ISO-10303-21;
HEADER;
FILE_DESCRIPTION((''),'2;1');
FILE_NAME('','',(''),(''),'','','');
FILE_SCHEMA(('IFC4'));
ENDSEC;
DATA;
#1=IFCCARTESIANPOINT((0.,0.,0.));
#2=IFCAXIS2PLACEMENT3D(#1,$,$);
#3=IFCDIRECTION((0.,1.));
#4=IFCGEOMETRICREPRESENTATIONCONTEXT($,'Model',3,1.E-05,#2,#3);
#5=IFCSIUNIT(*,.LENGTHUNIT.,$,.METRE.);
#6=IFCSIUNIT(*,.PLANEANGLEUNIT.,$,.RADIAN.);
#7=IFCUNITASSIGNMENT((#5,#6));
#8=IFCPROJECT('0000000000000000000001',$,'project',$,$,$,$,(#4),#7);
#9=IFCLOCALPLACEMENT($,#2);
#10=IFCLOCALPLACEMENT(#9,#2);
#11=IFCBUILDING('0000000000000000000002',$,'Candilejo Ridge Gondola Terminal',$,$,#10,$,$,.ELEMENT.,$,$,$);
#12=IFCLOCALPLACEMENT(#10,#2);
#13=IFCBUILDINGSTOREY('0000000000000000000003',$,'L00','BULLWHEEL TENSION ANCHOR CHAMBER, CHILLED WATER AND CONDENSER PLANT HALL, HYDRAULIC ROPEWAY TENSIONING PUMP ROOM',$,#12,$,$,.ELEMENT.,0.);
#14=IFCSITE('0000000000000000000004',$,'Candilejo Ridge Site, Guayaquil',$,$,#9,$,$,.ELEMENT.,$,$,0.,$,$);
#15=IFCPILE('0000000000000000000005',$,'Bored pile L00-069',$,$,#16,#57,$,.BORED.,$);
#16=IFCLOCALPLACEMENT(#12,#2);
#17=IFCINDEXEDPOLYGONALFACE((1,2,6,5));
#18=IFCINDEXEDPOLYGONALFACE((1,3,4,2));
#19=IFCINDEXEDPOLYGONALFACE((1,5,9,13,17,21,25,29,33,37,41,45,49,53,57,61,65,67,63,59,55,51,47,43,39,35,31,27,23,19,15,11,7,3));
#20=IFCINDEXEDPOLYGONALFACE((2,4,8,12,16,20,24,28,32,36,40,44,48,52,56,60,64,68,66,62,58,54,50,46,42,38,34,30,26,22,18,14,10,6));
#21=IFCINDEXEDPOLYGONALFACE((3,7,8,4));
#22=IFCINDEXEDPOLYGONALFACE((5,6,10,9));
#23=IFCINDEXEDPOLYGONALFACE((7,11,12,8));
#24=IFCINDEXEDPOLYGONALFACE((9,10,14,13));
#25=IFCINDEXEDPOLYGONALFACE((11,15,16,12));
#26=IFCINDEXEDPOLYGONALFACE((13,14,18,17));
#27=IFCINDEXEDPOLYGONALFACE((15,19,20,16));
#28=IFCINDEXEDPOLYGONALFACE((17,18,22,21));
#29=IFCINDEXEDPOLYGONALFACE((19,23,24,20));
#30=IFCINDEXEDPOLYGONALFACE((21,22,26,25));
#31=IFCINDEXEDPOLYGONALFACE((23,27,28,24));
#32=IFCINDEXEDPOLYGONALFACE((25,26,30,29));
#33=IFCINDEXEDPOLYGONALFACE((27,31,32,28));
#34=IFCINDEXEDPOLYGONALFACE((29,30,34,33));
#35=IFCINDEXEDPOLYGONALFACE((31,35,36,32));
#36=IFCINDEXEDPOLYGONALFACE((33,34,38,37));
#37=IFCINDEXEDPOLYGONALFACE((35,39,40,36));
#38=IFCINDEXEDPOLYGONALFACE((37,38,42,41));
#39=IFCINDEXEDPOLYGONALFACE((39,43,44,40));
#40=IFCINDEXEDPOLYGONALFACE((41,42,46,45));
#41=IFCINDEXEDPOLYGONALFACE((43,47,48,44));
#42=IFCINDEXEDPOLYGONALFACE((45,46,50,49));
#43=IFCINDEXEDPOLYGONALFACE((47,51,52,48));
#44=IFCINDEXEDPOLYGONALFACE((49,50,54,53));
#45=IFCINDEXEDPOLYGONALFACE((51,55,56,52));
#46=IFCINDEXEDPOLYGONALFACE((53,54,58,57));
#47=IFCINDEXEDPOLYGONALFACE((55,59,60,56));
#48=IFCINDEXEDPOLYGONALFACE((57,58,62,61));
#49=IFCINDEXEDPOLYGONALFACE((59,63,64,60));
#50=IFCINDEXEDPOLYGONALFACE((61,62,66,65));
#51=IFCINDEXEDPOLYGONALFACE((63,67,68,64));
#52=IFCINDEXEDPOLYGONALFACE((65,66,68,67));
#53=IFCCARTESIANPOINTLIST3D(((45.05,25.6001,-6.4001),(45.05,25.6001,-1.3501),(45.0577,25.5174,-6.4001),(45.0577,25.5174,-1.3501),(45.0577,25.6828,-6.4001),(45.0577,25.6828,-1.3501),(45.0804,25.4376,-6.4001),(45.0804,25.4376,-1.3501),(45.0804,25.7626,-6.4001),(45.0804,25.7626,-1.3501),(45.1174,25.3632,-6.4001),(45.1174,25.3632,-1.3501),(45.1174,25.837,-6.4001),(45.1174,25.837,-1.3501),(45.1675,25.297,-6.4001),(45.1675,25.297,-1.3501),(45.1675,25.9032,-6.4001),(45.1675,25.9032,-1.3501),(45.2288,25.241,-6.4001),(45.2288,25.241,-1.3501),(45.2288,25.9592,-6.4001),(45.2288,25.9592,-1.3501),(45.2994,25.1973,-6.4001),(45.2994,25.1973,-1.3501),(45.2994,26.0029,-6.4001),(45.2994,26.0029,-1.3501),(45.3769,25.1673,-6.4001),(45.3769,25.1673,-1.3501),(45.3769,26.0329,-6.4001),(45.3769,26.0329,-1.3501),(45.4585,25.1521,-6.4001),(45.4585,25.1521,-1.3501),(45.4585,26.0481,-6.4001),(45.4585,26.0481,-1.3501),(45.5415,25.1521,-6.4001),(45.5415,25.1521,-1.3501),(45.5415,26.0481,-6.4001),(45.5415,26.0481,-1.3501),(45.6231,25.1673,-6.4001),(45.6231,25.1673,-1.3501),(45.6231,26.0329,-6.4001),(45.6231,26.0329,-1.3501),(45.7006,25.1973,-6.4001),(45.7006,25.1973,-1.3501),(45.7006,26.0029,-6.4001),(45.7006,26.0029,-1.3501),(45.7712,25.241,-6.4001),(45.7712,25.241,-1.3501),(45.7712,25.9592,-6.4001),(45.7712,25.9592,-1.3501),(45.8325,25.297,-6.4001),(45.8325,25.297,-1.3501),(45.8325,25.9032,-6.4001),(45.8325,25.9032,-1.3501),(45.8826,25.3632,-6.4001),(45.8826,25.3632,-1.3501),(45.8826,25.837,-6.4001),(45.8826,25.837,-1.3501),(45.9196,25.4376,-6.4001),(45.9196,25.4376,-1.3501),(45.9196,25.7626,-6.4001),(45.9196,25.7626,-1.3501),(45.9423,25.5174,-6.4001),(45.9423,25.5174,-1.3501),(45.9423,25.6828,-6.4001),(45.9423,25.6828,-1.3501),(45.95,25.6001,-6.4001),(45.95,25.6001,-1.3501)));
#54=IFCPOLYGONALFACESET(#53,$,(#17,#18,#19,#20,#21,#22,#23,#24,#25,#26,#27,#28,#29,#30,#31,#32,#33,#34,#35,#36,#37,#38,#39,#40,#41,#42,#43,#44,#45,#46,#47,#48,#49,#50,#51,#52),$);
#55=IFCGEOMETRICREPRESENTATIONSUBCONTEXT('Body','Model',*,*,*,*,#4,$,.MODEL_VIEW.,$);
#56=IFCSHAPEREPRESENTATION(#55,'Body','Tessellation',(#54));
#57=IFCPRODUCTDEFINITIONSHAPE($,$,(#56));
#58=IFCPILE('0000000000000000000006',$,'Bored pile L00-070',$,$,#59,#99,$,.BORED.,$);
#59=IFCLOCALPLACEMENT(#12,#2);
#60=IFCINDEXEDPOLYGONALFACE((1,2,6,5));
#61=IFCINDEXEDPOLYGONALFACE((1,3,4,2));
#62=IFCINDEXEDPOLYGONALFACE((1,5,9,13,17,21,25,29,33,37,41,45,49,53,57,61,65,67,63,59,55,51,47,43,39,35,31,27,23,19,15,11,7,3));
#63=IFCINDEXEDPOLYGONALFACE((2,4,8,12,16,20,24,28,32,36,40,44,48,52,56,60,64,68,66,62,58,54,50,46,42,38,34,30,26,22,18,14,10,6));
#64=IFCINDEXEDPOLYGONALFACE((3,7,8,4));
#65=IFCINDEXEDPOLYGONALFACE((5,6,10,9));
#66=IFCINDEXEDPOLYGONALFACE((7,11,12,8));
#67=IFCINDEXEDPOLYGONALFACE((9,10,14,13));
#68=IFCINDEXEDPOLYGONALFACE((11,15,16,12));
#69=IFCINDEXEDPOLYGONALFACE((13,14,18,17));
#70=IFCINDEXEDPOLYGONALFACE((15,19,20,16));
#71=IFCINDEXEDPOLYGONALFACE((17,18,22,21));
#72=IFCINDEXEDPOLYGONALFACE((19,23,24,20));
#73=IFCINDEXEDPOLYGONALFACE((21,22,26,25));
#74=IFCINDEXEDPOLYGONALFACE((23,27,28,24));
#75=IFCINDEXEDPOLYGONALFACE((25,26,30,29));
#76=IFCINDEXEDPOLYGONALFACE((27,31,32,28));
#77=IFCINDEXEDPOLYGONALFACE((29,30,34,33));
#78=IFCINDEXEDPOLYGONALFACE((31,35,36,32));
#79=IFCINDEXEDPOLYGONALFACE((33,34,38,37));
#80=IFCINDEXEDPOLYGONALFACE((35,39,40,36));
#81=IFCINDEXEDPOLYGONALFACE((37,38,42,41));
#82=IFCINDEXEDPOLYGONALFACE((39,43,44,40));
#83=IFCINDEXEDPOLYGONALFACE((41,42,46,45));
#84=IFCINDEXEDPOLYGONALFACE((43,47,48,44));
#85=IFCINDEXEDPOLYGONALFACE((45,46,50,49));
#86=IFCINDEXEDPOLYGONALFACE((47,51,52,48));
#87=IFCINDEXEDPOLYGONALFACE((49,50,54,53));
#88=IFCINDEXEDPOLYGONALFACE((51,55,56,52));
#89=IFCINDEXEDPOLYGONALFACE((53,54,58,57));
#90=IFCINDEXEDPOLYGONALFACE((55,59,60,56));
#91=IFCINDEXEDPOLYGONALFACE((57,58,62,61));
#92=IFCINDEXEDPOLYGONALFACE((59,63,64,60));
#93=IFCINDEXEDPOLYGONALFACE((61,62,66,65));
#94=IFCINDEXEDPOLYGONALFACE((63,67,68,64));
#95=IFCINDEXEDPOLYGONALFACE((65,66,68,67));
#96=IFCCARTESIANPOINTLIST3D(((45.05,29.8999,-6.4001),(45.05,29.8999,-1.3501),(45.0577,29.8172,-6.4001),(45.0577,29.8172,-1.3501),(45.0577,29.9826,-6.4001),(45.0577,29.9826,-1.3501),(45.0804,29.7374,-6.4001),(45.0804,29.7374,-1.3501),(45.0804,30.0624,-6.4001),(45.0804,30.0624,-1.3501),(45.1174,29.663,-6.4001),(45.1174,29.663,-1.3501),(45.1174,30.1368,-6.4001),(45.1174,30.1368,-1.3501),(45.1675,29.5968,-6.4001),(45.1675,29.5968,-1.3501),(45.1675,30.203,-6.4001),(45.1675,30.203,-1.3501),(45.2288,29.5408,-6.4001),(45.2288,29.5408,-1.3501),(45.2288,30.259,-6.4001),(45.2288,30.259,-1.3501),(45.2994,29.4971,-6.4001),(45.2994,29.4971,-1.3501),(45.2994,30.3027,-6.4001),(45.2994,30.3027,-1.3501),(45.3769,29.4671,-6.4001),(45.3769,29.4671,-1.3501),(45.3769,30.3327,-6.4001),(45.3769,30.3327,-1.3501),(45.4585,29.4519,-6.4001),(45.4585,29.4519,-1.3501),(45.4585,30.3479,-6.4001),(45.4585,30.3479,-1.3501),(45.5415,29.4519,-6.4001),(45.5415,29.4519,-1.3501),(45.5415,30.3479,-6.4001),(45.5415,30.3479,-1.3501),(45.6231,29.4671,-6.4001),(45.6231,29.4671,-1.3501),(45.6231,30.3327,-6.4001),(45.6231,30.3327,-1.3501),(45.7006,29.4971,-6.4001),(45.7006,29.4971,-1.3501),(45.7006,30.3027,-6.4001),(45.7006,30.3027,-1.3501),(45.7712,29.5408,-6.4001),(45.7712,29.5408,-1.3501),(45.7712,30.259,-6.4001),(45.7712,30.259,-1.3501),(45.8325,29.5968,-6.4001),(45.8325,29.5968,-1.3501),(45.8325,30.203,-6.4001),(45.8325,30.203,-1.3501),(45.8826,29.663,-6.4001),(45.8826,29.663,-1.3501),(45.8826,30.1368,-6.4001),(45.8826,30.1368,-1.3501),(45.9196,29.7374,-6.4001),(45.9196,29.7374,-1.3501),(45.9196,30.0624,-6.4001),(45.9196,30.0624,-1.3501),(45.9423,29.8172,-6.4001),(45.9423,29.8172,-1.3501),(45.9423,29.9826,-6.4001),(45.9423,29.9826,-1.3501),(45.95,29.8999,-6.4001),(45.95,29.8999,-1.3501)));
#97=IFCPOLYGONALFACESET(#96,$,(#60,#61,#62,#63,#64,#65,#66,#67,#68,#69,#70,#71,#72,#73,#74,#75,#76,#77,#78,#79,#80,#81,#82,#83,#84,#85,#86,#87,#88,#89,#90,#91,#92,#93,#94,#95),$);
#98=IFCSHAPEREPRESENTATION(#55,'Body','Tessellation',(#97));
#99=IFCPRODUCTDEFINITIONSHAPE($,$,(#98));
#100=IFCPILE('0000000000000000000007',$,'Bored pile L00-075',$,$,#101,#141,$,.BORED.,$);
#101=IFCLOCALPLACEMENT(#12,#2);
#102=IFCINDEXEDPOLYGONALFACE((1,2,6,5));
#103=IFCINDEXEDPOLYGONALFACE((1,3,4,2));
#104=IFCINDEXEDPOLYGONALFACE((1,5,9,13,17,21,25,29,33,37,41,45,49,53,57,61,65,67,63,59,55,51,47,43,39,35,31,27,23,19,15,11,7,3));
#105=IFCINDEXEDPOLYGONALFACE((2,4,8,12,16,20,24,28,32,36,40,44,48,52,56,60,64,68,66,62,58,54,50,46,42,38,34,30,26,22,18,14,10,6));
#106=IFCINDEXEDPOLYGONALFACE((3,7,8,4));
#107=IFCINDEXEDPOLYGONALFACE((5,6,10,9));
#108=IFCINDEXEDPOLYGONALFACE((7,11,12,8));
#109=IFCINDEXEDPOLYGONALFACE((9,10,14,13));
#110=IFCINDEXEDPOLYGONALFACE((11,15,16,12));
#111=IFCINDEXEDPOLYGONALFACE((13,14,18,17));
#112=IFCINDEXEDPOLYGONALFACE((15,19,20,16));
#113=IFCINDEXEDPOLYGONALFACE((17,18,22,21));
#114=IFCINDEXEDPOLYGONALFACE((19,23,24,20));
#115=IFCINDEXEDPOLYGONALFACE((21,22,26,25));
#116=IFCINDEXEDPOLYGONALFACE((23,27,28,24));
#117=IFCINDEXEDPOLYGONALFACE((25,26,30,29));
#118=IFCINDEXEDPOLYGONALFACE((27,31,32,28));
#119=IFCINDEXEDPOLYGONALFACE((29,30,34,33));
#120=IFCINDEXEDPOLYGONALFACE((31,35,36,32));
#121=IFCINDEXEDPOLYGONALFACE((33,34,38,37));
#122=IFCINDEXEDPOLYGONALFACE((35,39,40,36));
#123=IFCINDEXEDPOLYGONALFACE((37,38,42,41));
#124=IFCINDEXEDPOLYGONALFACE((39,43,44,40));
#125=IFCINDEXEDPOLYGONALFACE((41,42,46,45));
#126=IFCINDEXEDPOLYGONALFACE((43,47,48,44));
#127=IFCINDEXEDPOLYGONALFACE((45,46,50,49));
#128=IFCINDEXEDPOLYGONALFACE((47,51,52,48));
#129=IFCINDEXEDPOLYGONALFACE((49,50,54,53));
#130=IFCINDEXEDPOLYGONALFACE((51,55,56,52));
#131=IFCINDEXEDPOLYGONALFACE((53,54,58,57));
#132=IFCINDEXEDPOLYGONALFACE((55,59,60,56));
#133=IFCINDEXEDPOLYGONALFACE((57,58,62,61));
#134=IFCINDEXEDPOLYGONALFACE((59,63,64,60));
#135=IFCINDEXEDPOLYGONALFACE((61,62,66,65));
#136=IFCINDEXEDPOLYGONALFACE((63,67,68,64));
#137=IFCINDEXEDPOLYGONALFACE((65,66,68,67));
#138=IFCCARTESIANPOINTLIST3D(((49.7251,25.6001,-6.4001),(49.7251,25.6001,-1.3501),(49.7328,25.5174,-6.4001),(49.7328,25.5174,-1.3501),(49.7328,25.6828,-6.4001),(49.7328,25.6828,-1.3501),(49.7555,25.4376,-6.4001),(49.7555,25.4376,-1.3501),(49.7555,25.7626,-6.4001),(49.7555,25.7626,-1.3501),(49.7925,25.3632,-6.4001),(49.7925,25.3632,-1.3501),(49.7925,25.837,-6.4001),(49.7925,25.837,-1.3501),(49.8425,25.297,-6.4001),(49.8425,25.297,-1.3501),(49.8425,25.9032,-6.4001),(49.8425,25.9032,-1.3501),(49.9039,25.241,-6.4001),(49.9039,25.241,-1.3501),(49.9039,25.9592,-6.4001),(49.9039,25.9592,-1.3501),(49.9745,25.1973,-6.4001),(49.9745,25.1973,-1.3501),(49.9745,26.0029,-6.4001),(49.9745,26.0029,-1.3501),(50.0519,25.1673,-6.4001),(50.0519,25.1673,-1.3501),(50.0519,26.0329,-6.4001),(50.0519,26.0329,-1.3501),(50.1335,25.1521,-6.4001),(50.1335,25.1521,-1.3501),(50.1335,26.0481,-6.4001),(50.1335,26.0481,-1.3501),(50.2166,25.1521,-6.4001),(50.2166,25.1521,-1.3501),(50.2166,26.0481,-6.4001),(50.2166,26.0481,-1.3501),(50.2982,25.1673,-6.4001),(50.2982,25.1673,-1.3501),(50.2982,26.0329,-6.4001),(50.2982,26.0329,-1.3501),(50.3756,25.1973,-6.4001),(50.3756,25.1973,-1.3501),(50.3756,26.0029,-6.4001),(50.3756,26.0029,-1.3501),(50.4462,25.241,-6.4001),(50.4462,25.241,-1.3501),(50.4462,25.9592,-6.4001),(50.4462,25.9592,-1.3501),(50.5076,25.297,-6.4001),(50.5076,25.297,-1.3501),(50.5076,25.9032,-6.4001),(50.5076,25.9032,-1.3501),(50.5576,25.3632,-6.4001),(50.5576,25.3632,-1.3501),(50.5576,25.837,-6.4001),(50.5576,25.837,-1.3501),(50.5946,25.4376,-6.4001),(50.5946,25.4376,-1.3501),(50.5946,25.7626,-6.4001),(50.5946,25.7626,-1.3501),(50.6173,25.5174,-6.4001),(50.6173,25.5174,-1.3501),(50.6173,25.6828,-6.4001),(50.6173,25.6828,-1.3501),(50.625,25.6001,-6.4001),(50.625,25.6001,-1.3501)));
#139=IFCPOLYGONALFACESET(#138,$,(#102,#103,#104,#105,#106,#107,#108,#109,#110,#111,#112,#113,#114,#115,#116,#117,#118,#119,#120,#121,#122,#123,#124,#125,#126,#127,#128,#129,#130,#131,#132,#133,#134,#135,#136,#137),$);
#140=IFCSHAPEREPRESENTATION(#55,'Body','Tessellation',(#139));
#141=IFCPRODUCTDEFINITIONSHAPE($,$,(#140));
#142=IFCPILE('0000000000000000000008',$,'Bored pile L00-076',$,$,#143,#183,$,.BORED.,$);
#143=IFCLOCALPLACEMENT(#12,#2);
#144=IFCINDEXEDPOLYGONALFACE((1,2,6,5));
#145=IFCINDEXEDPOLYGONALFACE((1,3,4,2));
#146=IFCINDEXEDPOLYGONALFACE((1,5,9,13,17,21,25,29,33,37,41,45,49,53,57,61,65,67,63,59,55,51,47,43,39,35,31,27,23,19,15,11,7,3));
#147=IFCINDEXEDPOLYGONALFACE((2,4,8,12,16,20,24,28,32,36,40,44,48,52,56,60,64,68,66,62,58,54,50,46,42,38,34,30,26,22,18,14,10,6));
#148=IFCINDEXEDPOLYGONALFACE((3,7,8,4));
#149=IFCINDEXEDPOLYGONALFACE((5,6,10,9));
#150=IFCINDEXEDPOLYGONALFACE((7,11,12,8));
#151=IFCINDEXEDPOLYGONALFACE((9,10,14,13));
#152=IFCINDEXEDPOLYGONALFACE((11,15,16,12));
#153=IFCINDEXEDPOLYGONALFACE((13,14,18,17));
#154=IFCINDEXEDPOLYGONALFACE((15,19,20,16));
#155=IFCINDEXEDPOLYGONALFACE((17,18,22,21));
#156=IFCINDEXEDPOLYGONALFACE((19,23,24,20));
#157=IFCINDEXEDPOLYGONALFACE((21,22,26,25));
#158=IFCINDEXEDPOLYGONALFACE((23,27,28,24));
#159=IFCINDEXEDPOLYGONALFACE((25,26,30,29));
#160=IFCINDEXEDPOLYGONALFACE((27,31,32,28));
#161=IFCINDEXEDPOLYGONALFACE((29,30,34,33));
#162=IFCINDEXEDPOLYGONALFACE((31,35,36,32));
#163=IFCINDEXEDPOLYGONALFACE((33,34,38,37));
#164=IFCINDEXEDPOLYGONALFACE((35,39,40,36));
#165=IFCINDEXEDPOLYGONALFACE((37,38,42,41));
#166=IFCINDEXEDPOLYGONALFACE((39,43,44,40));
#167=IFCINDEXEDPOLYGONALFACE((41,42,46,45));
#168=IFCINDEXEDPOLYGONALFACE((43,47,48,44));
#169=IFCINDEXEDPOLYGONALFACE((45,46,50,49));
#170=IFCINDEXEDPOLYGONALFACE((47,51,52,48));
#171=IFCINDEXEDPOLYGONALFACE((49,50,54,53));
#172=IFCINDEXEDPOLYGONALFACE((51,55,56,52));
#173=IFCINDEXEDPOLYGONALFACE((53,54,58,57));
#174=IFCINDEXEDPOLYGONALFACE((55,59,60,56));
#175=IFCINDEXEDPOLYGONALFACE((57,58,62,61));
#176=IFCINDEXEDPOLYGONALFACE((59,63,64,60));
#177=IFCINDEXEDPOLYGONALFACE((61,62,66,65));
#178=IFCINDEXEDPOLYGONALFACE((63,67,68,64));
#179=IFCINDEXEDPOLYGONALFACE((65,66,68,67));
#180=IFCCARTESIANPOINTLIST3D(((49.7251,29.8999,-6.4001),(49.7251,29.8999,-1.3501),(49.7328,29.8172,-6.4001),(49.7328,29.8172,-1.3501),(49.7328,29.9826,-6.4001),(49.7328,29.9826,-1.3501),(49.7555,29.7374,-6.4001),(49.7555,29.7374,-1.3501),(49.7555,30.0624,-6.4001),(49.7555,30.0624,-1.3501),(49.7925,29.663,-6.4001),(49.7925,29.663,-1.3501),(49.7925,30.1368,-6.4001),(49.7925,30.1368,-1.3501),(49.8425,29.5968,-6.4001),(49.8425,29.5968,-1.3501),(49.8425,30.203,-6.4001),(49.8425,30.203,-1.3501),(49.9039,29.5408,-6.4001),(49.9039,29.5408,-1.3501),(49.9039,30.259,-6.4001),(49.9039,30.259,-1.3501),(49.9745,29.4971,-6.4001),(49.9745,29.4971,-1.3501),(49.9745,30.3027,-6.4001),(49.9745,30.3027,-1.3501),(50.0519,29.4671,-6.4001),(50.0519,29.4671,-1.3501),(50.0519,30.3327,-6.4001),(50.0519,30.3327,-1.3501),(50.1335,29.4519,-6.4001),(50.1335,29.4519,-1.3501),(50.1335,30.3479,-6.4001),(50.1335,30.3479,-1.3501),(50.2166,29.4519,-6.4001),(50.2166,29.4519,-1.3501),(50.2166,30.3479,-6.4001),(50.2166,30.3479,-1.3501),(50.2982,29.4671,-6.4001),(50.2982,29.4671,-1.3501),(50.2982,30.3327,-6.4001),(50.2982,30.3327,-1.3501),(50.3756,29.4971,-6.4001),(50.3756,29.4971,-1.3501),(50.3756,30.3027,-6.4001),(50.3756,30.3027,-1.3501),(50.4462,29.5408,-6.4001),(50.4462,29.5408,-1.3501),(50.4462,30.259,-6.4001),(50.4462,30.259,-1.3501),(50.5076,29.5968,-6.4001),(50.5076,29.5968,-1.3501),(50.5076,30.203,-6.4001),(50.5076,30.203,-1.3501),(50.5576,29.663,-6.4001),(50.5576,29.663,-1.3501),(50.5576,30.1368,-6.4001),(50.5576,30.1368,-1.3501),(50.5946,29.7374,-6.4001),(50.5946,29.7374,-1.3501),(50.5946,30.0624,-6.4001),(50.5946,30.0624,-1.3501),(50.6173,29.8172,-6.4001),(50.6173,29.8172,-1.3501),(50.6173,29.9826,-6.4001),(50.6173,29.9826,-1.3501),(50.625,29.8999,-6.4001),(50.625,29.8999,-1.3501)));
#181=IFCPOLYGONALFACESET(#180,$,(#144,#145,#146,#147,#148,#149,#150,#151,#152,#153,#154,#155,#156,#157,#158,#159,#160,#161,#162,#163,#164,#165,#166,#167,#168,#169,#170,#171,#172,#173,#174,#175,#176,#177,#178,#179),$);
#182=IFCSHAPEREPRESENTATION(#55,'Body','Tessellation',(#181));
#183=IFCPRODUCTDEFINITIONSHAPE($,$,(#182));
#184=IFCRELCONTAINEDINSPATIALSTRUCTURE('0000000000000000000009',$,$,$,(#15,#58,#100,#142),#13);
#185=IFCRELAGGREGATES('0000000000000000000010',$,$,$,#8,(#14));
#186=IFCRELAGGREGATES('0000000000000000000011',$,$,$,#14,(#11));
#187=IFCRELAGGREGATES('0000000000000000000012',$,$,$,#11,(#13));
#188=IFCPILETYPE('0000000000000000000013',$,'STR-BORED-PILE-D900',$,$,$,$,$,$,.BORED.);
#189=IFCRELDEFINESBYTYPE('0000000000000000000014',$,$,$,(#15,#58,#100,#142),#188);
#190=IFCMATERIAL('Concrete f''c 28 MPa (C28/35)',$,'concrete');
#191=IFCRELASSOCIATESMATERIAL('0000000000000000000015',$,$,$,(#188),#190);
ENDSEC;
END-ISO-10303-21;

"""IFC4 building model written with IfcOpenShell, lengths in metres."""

from ifc_helpers import new_model, si_unit, direction, frame, origin, origin_2d, place, context, subcontext, project, spatial, circle, extrude, material, material_profile, profile_set, type_object, element, save


model = new_model("IFC4")

# Units and contexts
model_context = context("Model", 3, precision=1e-05, world=origin(), true_north=direction((0.0, 1.0)))
body_context = subcontext(model_context, "Body", "Model", "MODEL_VIEW")
ifc_project = project(units=[si_unit("LENGTHUNIT", "METRE"), si_unit("PLANEANGLEUNIT", "RADIAN")], contexts=[model_context])

# Site, building, storey
site_placement = place(None, origin())
site = spatial("IfcSite", under=ifc_project, at=site_placement, Name="Candilejo Ridge Site, Guayaquil", CompositionType="ELEMENT", RefElevation=0.0)
building_placement = place(site_placement, origin())
building = spatial("IfcBuilding", under=site, at=building_placement, Name="Candilejo Ridge Gondola Terminal", CompositionType="ELEMENT")
storey_placement = place(building_placement, origin())
storey = spatial("IfcBuildingStorey", under=building, at=storey_placement, Name="L00", Description="BULLWHEEL TENSION ANCHOR CHAMBER, CHILLED WATER AND CONDENSER PLANT HALL, HYDRAULIC ROPEWAY TENSIONING PUMP ROOM", CompositionType="ELEMENT", Elevation=0.0)

# Piles
ifc_material_1 = material(Name="Concrete f'c 28 MPa (C28/35)", Category="concrete")
ifc_material_profile_1 = material_profile(ifc_material_1, circle(Radius=0.45, at=origin_2d()))
ifc_profile_set_1 = profile_set([ifc_material_profile_1], Name="Concrete f'c 28 MPa (C28/35)")
pile_type = type_object("IfcPileType", Name="STR-BORED-PILE-D900", PredefinedType="BORED", material=ifc_profile_set_1)
for number, where, z_axis, x_axis, name in (
    (1, (45.5, 25.6001, -1.3501), (0.0, 0.0, -1.0), (1.0, 0.0, 0.0), "Bored pile L00-069"),
    (2, (45.5, 29.8999, -1.3501), (0.0, 0.0, -1.0), (1.0, 0.0, 0.0), "Bored pile L00-070"),
    (3, (50.175, 25.6001, -1.3501), (0.0, 0.0, -1.0), (1.0, 0.0, 0.0), "Bored pile L00-075"),
    (4, (50.175, 29.8999, -1.3501), (0.0, 0.0, -1.0), (1.0, 0.0, 0.0), "Bored pile L00-076"),
):
    element("IfcPile", number, at=place(storey_placement, frame(where, z_axis=z_axis, x_axis=x_axis)), inside=storey, type_object=pile_type, Name=name, PredefinedType="BORED", context=body_context, shape_type="SweptSolid", body=[
        extrude(circle(Radius=0.45, at=origin_2d()), origin(), (0.0, 0.0, 1.0), 5.05),
    ])

save(model, "model.ifc")
